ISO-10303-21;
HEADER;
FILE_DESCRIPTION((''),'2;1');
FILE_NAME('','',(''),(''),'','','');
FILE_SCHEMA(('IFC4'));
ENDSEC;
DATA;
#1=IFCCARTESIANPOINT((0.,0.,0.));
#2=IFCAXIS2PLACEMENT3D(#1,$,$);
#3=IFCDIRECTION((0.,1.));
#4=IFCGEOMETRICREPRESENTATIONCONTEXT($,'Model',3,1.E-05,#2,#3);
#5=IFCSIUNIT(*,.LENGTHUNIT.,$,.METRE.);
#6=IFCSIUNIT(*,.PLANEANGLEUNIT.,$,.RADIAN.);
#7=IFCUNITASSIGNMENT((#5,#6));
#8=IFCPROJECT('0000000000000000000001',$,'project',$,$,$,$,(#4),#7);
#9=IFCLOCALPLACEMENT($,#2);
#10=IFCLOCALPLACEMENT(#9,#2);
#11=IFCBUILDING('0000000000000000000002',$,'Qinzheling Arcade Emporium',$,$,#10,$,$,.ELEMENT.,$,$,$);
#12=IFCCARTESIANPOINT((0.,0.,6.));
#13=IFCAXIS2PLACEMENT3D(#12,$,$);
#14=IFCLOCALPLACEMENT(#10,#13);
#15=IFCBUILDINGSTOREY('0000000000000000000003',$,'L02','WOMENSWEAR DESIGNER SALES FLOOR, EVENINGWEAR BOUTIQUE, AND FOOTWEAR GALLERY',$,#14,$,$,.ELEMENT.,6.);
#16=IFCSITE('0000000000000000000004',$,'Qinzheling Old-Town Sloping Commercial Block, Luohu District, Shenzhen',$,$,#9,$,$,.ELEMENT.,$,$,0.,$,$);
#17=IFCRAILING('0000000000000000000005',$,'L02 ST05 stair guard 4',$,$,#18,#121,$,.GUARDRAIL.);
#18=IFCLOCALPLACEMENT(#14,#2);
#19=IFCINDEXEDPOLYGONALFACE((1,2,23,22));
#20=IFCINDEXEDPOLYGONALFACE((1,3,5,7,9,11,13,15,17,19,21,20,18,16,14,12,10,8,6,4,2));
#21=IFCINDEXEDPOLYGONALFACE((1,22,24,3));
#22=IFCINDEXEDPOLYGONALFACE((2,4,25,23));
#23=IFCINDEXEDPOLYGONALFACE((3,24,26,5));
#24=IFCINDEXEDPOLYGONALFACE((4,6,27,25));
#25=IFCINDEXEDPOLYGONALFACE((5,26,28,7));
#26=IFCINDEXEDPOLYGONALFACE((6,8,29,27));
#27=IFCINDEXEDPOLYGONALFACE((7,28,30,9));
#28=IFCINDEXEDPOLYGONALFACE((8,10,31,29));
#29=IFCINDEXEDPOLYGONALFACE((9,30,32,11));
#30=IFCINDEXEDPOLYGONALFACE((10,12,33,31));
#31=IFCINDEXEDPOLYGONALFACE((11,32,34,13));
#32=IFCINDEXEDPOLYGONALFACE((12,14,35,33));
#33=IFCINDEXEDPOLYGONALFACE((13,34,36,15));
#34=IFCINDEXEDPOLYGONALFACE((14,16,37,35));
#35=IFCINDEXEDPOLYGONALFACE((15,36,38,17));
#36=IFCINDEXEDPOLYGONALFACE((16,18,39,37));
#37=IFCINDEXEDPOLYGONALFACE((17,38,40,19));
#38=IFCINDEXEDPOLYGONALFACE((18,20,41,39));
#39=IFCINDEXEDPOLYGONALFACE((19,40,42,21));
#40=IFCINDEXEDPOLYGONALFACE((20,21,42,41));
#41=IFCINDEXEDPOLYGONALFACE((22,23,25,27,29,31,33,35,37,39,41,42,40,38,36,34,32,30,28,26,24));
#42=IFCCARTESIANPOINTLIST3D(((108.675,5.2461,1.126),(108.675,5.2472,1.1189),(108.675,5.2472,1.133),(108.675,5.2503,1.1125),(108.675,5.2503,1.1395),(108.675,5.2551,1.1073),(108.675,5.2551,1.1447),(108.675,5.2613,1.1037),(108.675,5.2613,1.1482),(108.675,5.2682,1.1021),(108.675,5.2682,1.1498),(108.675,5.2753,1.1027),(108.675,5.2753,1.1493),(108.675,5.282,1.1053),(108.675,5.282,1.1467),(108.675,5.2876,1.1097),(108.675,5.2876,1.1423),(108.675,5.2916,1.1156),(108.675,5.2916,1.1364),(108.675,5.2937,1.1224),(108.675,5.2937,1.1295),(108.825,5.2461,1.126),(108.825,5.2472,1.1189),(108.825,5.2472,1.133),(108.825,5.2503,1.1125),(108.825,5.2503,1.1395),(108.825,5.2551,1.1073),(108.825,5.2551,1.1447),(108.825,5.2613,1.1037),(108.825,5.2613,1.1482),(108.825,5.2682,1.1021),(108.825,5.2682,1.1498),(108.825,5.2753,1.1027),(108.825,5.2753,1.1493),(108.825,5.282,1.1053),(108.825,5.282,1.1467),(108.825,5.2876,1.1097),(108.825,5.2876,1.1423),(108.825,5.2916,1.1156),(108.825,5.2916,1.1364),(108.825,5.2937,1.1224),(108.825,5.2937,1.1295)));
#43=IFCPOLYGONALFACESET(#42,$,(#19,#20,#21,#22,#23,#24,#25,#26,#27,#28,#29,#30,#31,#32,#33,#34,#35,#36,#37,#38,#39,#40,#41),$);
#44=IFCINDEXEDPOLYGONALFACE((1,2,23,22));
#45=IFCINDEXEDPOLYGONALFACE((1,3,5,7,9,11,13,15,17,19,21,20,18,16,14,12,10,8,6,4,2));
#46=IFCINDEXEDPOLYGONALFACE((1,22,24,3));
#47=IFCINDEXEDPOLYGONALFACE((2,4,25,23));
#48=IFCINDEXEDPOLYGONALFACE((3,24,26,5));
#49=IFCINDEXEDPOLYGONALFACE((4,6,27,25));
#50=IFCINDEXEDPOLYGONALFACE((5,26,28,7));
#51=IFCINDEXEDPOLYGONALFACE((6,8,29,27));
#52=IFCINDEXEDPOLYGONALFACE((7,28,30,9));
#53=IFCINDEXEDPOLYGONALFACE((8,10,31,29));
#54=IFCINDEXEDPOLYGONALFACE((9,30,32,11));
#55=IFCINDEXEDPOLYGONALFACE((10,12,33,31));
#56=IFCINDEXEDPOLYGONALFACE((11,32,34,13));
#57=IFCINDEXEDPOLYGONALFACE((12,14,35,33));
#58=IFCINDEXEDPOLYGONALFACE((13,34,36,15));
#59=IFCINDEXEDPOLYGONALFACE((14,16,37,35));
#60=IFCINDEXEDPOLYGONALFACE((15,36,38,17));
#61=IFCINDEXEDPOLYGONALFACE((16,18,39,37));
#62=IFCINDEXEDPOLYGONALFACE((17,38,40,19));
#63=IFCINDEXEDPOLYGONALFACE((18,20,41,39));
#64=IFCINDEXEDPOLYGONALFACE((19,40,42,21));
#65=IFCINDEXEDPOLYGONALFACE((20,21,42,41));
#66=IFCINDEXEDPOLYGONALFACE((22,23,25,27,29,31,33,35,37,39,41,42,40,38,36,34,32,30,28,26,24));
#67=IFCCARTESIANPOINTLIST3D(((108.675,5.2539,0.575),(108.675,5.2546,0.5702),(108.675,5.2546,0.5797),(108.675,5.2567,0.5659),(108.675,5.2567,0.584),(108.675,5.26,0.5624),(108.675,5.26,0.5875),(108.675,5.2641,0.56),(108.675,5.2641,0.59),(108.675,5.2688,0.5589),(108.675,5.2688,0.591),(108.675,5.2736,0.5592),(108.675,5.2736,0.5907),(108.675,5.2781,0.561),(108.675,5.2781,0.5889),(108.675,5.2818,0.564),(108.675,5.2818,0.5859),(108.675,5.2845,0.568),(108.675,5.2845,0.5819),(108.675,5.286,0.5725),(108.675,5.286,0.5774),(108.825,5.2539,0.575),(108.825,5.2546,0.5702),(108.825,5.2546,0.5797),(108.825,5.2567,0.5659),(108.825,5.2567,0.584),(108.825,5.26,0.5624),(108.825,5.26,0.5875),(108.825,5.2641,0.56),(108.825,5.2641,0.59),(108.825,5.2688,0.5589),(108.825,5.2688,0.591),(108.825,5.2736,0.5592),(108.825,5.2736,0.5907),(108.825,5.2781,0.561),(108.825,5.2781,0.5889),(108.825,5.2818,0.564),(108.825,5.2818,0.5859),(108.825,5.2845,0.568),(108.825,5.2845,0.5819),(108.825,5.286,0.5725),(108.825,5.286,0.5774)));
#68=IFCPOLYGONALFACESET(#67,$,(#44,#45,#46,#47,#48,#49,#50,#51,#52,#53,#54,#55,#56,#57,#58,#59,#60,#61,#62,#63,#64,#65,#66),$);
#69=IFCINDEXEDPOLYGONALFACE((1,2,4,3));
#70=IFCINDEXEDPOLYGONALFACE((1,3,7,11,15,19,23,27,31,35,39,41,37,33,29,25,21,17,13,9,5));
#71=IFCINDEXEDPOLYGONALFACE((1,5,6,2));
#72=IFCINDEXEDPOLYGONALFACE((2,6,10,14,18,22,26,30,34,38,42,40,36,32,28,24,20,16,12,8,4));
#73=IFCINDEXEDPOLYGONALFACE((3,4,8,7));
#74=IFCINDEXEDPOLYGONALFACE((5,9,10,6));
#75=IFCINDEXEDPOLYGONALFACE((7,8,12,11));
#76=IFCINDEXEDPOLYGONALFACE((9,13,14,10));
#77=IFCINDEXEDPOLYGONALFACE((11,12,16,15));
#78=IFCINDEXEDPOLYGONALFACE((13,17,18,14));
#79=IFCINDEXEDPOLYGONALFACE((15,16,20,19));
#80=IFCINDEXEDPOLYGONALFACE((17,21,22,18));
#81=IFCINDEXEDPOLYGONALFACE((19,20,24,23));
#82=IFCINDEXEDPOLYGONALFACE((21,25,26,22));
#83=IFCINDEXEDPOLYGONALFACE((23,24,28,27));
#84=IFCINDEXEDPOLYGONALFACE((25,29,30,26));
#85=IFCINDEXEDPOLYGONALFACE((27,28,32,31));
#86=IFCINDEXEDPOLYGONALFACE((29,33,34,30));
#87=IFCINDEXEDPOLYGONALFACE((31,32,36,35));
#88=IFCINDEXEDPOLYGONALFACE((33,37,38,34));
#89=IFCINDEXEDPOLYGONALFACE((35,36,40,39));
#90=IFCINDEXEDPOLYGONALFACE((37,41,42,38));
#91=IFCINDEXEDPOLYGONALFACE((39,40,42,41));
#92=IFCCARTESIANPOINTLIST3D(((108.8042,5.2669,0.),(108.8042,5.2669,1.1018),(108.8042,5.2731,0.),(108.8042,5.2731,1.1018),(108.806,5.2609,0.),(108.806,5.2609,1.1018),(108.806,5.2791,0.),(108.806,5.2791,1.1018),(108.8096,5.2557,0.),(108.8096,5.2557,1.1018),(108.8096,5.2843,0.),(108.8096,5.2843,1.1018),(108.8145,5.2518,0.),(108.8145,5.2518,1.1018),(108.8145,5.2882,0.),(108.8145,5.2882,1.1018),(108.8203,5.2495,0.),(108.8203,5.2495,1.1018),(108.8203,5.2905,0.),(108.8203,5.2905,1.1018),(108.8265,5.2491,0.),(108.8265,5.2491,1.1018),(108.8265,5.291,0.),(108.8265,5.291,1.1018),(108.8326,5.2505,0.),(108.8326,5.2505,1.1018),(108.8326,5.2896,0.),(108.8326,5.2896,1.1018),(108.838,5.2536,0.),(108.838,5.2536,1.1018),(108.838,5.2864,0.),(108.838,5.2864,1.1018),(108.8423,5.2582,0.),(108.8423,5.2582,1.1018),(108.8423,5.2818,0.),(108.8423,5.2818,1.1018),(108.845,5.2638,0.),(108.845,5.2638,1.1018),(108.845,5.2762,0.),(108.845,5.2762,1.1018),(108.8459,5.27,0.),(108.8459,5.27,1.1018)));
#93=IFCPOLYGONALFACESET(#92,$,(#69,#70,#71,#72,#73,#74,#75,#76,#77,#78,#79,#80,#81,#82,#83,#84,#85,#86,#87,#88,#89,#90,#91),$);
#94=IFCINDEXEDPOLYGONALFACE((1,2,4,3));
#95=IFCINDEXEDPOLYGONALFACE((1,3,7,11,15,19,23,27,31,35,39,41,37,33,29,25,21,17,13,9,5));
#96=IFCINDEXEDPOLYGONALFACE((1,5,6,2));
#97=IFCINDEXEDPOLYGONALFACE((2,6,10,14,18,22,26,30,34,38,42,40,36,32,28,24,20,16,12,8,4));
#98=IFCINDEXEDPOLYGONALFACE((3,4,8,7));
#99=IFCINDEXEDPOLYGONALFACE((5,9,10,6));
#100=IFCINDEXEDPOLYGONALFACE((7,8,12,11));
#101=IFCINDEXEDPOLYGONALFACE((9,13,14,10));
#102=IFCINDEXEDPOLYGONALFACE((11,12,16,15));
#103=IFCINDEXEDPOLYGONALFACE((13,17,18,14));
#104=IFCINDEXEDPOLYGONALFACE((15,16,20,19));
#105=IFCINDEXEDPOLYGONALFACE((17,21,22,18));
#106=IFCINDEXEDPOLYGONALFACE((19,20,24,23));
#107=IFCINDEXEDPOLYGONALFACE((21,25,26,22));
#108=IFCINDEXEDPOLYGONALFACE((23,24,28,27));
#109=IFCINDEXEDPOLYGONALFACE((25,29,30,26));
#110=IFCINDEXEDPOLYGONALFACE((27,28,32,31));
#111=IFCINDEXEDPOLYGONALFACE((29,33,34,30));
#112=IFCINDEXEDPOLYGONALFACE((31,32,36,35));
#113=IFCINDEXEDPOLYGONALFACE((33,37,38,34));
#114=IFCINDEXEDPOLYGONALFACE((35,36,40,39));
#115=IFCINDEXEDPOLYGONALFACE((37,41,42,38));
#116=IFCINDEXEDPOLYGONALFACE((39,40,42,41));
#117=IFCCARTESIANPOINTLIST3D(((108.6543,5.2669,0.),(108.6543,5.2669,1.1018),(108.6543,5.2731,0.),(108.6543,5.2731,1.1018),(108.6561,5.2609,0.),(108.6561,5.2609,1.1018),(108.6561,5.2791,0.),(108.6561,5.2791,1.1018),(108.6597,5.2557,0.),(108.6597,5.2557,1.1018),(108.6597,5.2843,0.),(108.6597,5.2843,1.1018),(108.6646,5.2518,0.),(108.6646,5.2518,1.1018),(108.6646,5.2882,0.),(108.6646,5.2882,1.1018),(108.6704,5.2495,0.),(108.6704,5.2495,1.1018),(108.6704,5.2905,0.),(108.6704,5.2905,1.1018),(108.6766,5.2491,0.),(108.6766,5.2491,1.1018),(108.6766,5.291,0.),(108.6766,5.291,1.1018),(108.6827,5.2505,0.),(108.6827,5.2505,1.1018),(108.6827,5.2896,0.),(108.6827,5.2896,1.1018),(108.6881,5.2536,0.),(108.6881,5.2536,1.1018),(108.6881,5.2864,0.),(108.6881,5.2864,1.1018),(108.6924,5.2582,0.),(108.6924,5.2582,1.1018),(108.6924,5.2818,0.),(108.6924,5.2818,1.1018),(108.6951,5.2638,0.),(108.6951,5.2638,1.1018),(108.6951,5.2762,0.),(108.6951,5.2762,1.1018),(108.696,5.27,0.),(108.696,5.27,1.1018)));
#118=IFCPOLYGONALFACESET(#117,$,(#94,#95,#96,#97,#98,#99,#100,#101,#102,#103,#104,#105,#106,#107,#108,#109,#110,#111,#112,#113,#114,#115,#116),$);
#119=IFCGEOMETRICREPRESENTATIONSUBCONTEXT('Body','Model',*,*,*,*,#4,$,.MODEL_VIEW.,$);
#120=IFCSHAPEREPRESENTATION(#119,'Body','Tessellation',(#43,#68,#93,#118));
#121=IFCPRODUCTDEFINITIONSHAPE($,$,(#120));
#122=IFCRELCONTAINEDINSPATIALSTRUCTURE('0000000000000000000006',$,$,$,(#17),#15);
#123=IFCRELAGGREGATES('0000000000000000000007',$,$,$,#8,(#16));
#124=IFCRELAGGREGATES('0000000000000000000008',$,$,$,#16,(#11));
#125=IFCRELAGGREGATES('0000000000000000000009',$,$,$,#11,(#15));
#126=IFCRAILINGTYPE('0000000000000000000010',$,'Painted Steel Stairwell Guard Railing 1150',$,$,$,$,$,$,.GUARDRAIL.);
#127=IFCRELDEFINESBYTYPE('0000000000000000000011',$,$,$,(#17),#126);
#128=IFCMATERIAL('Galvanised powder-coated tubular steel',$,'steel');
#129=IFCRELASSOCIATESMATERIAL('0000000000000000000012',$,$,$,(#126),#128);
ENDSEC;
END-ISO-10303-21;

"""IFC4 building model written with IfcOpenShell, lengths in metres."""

from ifc_helpers import new_model, si_unit, direction, frame, origin, origin_2d, place, context, subcontext, project, spatial, circle, extrude, material, type_object, element, save


model = new_model("IFC4")

# Units and contexts
model_context = context("Model", 3, precision=1e-05, world=origin(), true_north=direction((0.0, 1.0)))
body_context = subcontext(model_context, "Body", "Model", "MODEL_VIEW")
ifc_project = project(units=[si_unit("LENGTHUNIT", "METRE"), si_unit("PLANEANGLEUNIT", "RADIAN")], contexts=[model_context])

# Site, building, storey
site_placement = place(None, origin())
site = spatial("IfcSite", under=ifc_project, at=site_placement, Name="Qinzheling Old-Town Sloping Commercial Block, Luohu District, Shenzhen", CompositionType="ELEMENT", RefElevation=0.0)
building_placement = place(site_placement, origin())
building = spatial("IfcBuilding", under=site, at=building_placement, Name="Qinzheling Arcade Emporium", CompositionType="ELEMENT")
storey_placement = place(building_placement, frame((0.0, 0.0, 6.0)))
storey = spatial("IfcBuildingStorey", under=building, at=storey_placement, Name="L02", Description="WOMENSWEAR DESIGNER SALES FLOOR, EVENINGWEAR BOUTIQUE, AND FOOTWEAR GALLERY", CompositionType="ELEMENT", Elevation=6.0)

# Railing
ifc_material_1 = material(Name="Galvanised powder-coated tubular steel", Category="steel")
railing_type_1 = type_object("IfcRailingType", Name="Painted Steel Stairwell Guard Railing 1150", PredefinedType="GUARDRAIL", material=ifc_material_1)
railing_1_placement = place(storey_placement, frame((108.825, 5.27, 0.0)))
element("IfcRailing", 1, at=railing_1_placement, inside=storey, type_object=railing_type_1, Name="L02 ST05 stair guard 4", PredefinedType="GUARDRAIL", context=body_context, shape_type="SweptSolid", body=[
    extrude(circle(Radius=0.0239, at=origin_2d()), frame((0.0, 0.0, 1.126), z_axis=(-1.0, 0.0, 0.0), x_axis=(0.0, -1.0, 0.0)), (0.0, 0.0, 1.0), 0.1499),
    extrude(circle(Radius=0.0161, at=origin_2d()), frame((0.0, 0.0, 0.575), z_axis=(-1.0, 0.0, 0.0), x_axis=(0.0, -1.0, 0.0)), (0.0, 0.0, 1.0), 0.1499),
    extrude(circle(Radius=0.021, at=origin_2d()), origin(), (0.0, 0.0, 1.0), 1.1018),
    extrude(circle(Radius=0.021, at=origin_2d()), frame((-0.1499, 0.0, 0.0)), (0.0, 0.0, 1.0), 1.1018),
])

save(model, "model.ifc")
